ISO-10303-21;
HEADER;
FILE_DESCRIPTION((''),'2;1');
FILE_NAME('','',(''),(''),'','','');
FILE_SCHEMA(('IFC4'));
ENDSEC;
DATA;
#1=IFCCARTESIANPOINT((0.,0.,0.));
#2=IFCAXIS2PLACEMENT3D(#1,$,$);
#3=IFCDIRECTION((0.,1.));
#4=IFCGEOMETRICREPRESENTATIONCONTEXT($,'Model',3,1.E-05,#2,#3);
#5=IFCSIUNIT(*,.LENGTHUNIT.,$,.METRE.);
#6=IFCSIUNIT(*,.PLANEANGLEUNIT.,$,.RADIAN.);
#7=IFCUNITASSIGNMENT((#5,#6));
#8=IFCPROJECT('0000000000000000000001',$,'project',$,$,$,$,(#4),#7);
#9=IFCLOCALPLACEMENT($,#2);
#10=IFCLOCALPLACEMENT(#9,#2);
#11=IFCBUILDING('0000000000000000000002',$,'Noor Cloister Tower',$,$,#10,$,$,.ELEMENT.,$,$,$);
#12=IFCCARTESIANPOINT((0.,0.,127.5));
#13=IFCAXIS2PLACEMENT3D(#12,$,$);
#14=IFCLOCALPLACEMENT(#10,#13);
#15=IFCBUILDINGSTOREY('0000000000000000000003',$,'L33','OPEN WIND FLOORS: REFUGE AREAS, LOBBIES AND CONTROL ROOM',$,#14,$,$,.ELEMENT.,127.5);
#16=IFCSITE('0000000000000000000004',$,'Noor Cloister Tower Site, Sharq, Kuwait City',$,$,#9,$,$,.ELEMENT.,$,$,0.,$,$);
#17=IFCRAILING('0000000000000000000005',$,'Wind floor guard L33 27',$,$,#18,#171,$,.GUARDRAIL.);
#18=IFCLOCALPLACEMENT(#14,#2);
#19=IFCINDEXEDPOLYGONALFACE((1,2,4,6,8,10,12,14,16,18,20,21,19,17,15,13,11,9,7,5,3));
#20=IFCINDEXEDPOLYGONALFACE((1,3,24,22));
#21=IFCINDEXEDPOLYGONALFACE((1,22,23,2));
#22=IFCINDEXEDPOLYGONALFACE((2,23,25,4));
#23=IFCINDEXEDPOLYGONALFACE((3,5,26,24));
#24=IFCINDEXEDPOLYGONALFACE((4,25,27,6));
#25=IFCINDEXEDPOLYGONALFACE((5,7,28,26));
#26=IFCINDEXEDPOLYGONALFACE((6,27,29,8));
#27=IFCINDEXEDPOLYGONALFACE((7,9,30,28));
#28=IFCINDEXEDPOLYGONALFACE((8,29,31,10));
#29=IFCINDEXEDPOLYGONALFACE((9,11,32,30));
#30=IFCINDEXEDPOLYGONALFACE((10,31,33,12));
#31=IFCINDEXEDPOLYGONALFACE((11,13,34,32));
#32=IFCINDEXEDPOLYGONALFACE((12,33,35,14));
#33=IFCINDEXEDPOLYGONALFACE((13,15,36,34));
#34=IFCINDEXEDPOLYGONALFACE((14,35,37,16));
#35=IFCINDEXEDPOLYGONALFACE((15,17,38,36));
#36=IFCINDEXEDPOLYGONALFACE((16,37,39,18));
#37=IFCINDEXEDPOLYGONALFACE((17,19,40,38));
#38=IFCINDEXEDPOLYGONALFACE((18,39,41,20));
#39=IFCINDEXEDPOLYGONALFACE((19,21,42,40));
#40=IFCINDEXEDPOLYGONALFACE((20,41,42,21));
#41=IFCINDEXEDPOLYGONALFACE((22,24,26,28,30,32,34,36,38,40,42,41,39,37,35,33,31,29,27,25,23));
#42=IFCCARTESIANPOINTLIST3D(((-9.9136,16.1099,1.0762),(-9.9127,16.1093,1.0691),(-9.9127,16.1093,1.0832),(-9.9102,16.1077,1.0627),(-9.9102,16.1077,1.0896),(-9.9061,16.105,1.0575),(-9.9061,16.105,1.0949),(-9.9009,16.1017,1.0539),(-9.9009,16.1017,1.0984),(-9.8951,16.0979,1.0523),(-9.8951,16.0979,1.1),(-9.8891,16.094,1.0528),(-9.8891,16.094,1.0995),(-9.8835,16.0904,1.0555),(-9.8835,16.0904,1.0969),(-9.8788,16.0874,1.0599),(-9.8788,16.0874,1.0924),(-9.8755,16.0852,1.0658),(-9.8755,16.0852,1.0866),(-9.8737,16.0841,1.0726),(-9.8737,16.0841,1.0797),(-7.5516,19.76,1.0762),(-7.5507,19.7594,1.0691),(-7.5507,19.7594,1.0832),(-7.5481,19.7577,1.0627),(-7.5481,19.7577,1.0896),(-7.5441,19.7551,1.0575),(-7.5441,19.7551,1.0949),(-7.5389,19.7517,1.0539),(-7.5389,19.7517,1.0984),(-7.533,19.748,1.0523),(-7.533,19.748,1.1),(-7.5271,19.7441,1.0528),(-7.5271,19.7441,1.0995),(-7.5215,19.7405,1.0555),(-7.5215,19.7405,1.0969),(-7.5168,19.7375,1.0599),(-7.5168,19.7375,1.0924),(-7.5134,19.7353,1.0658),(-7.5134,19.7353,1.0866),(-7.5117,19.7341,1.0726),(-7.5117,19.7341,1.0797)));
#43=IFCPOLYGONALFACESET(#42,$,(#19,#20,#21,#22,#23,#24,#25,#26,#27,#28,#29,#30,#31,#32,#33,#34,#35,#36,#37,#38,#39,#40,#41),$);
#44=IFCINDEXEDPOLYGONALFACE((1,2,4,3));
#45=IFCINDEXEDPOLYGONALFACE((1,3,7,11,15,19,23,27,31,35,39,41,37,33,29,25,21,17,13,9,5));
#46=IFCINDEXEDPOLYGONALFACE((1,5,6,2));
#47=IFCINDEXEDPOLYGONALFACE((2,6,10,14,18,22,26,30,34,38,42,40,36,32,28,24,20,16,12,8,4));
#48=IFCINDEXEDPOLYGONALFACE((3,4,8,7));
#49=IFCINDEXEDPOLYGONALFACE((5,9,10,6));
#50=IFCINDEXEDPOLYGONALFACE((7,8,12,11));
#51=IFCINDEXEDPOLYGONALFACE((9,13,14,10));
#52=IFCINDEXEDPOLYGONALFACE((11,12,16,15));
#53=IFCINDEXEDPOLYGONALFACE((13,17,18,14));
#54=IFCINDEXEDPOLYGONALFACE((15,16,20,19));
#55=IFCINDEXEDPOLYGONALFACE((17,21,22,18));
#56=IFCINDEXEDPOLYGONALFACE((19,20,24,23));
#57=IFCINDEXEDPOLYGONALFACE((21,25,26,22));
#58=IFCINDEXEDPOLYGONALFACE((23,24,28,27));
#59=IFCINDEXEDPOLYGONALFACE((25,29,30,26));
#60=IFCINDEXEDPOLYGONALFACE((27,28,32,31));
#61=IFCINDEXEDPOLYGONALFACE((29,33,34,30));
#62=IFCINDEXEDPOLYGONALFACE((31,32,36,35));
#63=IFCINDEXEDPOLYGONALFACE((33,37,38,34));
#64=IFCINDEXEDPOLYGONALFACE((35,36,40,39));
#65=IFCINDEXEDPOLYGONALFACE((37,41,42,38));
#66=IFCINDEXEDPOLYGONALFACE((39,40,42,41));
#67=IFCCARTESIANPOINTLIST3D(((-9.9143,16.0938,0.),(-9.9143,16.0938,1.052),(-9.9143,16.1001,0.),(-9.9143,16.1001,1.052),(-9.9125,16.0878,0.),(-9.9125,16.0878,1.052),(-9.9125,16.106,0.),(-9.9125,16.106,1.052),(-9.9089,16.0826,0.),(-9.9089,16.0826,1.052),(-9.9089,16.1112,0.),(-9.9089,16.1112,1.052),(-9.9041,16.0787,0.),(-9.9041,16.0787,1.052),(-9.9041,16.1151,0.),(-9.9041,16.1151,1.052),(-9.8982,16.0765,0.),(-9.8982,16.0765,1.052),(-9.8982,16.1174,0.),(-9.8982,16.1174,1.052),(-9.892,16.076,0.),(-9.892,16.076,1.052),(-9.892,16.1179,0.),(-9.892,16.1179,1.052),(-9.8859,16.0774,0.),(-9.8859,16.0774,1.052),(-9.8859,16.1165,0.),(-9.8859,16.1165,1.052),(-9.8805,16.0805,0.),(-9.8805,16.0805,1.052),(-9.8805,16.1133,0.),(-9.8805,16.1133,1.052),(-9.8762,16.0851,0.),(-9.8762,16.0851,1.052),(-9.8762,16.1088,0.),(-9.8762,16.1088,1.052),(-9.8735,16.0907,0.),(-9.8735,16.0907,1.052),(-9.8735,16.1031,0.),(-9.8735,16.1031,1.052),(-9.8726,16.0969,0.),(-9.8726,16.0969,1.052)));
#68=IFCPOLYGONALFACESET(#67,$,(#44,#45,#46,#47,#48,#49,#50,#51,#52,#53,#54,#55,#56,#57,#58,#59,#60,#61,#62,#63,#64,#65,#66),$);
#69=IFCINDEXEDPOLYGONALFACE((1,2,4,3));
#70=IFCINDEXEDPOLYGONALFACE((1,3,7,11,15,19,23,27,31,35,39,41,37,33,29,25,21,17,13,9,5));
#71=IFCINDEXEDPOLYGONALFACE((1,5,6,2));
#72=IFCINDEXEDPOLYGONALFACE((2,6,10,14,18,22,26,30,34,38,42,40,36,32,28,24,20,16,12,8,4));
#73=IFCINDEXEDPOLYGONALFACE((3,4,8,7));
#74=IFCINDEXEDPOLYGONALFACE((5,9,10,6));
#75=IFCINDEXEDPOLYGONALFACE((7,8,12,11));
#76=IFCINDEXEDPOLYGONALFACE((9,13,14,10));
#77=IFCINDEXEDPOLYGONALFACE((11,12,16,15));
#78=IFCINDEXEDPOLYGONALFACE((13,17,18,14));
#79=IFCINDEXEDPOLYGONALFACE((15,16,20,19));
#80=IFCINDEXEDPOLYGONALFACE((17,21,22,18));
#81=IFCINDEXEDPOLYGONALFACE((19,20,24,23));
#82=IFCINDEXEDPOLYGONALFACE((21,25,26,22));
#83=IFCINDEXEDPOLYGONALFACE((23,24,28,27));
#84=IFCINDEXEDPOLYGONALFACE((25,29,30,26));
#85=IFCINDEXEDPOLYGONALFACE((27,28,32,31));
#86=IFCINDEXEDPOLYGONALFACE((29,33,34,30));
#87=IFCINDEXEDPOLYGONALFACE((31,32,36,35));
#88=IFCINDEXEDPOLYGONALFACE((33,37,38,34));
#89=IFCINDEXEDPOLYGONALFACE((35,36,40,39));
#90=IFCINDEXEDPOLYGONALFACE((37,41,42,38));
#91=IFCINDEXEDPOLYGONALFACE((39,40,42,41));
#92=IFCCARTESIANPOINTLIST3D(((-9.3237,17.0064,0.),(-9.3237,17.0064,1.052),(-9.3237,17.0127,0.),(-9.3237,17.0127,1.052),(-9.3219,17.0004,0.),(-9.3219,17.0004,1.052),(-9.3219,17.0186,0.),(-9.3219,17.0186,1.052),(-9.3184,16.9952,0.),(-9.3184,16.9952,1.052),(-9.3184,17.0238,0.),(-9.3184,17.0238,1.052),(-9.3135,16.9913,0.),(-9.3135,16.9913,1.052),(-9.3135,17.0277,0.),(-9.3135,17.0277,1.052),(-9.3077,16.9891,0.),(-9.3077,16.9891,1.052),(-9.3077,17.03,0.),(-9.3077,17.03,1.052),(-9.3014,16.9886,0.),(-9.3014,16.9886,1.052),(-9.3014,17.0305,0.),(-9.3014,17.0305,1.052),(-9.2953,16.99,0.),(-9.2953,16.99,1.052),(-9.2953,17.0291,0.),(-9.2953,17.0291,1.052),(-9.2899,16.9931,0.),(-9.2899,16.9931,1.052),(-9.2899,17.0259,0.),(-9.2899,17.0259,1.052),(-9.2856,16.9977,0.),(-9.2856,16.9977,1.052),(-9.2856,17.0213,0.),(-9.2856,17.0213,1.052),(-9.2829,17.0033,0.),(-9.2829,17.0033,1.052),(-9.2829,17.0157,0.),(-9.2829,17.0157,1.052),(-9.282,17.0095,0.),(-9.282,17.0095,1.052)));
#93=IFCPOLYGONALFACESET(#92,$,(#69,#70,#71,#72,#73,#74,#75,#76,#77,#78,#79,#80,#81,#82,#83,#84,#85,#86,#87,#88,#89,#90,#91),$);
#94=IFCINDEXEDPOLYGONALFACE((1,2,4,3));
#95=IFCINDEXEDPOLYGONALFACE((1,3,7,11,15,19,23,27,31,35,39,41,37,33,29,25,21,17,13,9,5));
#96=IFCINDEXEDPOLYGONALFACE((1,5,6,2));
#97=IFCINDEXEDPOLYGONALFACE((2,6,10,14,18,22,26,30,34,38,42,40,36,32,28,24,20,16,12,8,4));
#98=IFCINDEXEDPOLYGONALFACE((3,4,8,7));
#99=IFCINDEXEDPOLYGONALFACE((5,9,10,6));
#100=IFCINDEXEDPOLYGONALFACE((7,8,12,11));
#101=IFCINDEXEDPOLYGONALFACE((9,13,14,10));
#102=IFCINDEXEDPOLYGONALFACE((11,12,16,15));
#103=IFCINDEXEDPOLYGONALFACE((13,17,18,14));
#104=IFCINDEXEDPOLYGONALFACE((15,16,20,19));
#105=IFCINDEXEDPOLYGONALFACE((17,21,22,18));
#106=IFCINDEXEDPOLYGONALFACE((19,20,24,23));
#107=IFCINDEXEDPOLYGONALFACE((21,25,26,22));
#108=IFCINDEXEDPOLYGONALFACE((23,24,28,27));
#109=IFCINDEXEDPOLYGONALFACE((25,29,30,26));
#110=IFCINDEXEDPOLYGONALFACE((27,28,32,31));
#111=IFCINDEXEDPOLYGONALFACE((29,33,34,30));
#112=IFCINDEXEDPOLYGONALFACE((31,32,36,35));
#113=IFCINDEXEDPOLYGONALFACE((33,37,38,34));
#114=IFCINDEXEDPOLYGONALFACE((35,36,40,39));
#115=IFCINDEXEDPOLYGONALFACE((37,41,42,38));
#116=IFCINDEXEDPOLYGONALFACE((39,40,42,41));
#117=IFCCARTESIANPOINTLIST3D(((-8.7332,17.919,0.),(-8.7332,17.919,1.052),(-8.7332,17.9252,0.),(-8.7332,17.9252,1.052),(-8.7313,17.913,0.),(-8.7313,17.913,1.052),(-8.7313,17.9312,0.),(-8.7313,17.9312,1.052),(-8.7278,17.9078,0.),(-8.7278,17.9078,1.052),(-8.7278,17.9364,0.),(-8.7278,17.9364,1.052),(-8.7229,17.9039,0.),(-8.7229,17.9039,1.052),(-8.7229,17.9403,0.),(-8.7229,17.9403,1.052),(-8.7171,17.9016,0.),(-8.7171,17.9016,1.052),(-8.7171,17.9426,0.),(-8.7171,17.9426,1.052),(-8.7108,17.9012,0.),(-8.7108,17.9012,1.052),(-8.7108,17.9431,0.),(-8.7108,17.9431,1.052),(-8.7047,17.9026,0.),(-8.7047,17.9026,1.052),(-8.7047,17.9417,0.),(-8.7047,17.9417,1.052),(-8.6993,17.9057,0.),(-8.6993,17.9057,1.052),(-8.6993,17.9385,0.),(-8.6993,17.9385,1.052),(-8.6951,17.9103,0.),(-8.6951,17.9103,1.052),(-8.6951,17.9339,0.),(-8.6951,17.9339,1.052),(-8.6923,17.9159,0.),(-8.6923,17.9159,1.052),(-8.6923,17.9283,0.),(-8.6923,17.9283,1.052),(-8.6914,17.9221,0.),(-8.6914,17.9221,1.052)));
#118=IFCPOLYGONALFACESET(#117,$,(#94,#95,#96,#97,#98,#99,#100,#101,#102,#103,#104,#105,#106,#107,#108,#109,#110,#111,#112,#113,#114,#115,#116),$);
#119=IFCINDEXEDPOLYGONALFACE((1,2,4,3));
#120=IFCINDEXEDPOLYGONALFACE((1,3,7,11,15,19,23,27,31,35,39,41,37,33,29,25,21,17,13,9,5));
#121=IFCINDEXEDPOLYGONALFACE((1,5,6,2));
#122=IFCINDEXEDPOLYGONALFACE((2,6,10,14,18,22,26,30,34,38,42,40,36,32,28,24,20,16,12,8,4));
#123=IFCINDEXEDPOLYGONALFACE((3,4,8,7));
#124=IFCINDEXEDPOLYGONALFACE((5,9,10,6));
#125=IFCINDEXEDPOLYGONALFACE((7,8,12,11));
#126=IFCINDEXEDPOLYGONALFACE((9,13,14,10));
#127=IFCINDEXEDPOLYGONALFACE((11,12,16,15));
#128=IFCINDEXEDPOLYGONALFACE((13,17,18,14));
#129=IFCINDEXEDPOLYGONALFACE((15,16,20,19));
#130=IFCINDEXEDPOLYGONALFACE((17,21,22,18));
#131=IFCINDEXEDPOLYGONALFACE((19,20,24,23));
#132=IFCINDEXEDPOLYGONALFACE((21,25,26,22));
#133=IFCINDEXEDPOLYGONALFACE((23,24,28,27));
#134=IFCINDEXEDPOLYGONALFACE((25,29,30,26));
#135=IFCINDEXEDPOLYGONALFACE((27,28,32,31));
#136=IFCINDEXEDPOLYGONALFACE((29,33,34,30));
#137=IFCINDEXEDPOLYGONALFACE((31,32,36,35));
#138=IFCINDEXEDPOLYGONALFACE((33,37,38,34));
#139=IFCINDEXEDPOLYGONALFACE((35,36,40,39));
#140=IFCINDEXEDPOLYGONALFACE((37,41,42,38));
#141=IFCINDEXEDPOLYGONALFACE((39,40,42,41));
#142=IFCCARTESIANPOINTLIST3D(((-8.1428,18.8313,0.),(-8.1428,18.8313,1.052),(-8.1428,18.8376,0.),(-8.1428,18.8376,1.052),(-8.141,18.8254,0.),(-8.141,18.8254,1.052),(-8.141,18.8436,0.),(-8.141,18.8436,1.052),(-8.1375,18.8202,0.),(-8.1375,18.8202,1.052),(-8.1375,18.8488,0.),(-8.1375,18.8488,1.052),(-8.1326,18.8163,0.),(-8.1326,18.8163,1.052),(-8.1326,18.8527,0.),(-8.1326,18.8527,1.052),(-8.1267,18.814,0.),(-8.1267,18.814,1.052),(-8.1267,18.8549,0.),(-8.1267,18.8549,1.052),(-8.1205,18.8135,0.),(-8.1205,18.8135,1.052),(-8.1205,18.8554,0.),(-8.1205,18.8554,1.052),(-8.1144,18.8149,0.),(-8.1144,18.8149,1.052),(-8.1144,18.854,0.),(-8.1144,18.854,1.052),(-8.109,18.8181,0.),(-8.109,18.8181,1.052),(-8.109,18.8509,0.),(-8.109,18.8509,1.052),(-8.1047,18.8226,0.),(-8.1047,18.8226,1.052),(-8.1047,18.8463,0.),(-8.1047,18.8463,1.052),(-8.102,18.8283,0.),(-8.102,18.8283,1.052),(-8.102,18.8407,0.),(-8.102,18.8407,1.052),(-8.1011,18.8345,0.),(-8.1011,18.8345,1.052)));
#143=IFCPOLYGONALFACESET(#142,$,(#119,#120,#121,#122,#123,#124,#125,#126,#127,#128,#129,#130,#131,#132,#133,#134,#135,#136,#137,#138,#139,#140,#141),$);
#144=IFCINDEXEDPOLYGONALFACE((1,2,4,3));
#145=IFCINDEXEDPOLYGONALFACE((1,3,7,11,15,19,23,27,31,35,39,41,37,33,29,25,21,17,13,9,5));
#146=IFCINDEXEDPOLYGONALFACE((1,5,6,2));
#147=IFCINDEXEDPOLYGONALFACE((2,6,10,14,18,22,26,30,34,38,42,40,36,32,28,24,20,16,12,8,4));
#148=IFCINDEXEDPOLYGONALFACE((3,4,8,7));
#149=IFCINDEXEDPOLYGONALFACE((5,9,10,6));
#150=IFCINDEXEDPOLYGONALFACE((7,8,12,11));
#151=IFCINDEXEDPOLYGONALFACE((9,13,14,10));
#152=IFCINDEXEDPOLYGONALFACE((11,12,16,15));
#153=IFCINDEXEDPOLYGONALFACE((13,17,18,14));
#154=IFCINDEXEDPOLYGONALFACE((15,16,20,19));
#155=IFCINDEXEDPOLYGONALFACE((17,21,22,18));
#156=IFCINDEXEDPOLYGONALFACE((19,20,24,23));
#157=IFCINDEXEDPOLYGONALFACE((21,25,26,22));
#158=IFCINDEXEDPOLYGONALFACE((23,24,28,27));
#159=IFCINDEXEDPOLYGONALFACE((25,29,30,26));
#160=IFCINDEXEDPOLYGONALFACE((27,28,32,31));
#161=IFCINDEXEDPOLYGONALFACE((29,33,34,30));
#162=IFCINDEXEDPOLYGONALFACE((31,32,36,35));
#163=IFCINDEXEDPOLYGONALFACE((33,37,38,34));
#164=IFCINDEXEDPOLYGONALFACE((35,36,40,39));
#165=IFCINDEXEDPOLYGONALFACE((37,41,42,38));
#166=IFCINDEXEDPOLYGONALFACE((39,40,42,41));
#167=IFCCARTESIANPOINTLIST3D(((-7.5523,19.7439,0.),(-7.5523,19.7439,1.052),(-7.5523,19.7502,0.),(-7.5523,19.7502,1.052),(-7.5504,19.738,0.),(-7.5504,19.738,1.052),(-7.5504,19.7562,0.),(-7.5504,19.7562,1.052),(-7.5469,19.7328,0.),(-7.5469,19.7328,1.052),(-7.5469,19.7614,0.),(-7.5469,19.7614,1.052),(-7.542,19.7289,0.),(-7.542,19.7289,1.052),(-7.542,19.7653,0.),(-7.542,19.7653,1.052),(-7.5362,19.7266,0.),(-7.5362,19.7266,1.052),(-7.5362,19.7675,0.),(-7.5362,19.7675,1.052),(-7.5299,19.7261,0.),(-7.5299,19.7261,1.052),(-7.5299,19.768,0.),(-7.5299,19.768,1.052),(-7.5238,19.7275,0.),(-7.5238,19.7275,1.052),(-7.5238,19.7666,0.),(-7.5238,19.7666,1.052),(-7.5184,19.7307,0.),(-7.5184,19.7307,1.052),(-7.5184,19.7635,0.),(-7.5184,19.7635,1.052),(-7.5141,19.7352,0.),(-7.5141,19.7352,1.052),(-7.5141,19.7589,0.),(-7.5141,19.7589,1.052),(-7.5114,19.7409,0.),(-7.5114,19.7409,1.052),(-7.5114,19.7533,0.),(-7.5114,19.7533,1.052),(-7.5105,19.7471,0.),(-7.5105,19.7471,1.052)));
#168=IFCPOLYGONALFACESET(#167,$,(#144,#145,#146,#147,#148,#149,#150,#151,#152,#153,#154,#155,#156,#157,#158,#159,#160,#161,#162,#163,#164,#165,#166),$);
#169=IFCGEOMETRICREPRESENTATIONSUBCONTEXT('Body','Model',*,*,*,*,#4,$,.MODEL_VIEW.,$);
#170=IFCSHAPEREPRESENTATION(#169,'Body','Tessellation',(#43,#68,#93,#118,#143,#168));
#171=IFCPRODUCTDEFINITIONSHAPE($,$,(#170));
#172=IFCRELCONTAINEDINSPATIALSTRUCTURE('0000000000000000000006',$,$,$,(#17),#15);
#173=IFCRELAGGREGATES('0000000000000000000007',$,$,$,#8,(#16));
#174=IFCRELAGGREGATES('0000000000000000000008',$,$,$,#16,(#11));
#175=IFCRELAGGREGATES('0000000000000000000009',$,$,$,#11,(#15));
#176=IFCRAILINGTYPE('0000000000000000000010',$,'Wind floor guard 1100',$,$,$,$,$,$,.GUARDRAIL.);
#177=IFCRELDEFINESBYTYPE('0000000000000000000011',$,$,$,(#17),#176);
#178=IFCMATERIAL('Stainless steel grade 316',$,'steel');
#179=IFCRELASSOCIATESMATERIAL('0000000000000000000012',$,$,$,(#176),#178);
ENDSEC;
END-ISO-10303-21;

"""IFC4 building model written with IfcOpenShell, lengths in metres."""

from ifc_helpers import new_model, si_unit, direction, frame, origin, origin_2d, place, context, subcontext, project, spatial, circle, extrude, material, type_object, element, save


model = new_model("IFC4")

# Units and contexts
model_context = context("Model", 3, precision=1e-05, world=origin(), true_north=direction((0.0, 1.0)))
body_context = subcontext(model_context, "Body", "Model", "MODEL_VIEW")
ifc_project = project(units=[si_unit("LENGTHUNIT", "METRE"), si_unit("PLANEANGLEUNIT", "RADIAN")], contexts=[model_context])

# Site, building, storey
site_placement = place(None, origin())
site = spatial("IfcSite", under=ifc_project, at=site_placement, Name="Noor Cloister Tower Site, Sharq, Kuwait City", CompositionType="ELEMENT", RefElevation=0.0)
building_placement = place(site_placement, origin())
building = spatial("IfcBuilding", under=site, at=building_placement, Name="Noor Cloister Tower", CompositionType="ELEMENT")
storey_placement = place(building_placement, frame((0.0, 0.0, 127.5)))
storey = spatial("IfcBuildingStorey", under=building, at=storey_placement, Name="L33", Description="OPEN WIND FLOORS: REFUGE AREAS, LOBBIES AND CONTROL ROOM", CompositionType="ELEMENT", Elevation=127.5)

# Railing
ifc_material_1 = material(Name="Stainless steel grade 316", Category="steel")
railing_type = type_object("IfcRailingType", Name="Wind floor guard 1100", PredefinedType="GUARDRAIL", material=ifc_material_1)
railing_1_placement = place(storey_placement, frame((-9.8936, 16.0969, 0.0)))
element("IfcRailing", 1, at=railing_1_placement, inside=storey, type_object=railing_type, Name="Wind floor guard L33 27", PredefinedType="GUARDRAIL", context=body_context, shape_type="SweptSolid", body=[
    extrude(circle(Radius=0.0239, at=origin_2d()), frame((0.0, 0.0, 1.0762), z_axis=(0.543284, 0.839549, 0.0), x_axis=(-0.839549, 0.543284, 0.0)), (0.0, 0.0, 1.0), 4.3477),
    extrude(circle(Radius=0.021, at=origin_2d()), origin(), (0.0, 0.0, 1.0), 1.052),
    extrude(circle(Radius=0.021, at=origin_2d()), frame((0.5906, 0.9126, 0.0)), (0.0, 0.0, 1.0), 1.052),
    extrude(circle(Radius=0.021, at=origin_2d()), frame((1.1812, 1.8252, 0.0)), (0.0, 0.0, 1.0), 1.052),
    extrude(circle(Radius=0.021, at=origin_2d()), frame((1.7715, 2.7375, 0.0)), (0.0, 0.0, 1.0), 1.052),
    extrude(circle(Radius=0.021, at=origin_2d()), frame((2.3621, 3.6501, 0.0)), (0.0, 0.0, 1.0), 1.052),
])

save(model, "model.ifc")
